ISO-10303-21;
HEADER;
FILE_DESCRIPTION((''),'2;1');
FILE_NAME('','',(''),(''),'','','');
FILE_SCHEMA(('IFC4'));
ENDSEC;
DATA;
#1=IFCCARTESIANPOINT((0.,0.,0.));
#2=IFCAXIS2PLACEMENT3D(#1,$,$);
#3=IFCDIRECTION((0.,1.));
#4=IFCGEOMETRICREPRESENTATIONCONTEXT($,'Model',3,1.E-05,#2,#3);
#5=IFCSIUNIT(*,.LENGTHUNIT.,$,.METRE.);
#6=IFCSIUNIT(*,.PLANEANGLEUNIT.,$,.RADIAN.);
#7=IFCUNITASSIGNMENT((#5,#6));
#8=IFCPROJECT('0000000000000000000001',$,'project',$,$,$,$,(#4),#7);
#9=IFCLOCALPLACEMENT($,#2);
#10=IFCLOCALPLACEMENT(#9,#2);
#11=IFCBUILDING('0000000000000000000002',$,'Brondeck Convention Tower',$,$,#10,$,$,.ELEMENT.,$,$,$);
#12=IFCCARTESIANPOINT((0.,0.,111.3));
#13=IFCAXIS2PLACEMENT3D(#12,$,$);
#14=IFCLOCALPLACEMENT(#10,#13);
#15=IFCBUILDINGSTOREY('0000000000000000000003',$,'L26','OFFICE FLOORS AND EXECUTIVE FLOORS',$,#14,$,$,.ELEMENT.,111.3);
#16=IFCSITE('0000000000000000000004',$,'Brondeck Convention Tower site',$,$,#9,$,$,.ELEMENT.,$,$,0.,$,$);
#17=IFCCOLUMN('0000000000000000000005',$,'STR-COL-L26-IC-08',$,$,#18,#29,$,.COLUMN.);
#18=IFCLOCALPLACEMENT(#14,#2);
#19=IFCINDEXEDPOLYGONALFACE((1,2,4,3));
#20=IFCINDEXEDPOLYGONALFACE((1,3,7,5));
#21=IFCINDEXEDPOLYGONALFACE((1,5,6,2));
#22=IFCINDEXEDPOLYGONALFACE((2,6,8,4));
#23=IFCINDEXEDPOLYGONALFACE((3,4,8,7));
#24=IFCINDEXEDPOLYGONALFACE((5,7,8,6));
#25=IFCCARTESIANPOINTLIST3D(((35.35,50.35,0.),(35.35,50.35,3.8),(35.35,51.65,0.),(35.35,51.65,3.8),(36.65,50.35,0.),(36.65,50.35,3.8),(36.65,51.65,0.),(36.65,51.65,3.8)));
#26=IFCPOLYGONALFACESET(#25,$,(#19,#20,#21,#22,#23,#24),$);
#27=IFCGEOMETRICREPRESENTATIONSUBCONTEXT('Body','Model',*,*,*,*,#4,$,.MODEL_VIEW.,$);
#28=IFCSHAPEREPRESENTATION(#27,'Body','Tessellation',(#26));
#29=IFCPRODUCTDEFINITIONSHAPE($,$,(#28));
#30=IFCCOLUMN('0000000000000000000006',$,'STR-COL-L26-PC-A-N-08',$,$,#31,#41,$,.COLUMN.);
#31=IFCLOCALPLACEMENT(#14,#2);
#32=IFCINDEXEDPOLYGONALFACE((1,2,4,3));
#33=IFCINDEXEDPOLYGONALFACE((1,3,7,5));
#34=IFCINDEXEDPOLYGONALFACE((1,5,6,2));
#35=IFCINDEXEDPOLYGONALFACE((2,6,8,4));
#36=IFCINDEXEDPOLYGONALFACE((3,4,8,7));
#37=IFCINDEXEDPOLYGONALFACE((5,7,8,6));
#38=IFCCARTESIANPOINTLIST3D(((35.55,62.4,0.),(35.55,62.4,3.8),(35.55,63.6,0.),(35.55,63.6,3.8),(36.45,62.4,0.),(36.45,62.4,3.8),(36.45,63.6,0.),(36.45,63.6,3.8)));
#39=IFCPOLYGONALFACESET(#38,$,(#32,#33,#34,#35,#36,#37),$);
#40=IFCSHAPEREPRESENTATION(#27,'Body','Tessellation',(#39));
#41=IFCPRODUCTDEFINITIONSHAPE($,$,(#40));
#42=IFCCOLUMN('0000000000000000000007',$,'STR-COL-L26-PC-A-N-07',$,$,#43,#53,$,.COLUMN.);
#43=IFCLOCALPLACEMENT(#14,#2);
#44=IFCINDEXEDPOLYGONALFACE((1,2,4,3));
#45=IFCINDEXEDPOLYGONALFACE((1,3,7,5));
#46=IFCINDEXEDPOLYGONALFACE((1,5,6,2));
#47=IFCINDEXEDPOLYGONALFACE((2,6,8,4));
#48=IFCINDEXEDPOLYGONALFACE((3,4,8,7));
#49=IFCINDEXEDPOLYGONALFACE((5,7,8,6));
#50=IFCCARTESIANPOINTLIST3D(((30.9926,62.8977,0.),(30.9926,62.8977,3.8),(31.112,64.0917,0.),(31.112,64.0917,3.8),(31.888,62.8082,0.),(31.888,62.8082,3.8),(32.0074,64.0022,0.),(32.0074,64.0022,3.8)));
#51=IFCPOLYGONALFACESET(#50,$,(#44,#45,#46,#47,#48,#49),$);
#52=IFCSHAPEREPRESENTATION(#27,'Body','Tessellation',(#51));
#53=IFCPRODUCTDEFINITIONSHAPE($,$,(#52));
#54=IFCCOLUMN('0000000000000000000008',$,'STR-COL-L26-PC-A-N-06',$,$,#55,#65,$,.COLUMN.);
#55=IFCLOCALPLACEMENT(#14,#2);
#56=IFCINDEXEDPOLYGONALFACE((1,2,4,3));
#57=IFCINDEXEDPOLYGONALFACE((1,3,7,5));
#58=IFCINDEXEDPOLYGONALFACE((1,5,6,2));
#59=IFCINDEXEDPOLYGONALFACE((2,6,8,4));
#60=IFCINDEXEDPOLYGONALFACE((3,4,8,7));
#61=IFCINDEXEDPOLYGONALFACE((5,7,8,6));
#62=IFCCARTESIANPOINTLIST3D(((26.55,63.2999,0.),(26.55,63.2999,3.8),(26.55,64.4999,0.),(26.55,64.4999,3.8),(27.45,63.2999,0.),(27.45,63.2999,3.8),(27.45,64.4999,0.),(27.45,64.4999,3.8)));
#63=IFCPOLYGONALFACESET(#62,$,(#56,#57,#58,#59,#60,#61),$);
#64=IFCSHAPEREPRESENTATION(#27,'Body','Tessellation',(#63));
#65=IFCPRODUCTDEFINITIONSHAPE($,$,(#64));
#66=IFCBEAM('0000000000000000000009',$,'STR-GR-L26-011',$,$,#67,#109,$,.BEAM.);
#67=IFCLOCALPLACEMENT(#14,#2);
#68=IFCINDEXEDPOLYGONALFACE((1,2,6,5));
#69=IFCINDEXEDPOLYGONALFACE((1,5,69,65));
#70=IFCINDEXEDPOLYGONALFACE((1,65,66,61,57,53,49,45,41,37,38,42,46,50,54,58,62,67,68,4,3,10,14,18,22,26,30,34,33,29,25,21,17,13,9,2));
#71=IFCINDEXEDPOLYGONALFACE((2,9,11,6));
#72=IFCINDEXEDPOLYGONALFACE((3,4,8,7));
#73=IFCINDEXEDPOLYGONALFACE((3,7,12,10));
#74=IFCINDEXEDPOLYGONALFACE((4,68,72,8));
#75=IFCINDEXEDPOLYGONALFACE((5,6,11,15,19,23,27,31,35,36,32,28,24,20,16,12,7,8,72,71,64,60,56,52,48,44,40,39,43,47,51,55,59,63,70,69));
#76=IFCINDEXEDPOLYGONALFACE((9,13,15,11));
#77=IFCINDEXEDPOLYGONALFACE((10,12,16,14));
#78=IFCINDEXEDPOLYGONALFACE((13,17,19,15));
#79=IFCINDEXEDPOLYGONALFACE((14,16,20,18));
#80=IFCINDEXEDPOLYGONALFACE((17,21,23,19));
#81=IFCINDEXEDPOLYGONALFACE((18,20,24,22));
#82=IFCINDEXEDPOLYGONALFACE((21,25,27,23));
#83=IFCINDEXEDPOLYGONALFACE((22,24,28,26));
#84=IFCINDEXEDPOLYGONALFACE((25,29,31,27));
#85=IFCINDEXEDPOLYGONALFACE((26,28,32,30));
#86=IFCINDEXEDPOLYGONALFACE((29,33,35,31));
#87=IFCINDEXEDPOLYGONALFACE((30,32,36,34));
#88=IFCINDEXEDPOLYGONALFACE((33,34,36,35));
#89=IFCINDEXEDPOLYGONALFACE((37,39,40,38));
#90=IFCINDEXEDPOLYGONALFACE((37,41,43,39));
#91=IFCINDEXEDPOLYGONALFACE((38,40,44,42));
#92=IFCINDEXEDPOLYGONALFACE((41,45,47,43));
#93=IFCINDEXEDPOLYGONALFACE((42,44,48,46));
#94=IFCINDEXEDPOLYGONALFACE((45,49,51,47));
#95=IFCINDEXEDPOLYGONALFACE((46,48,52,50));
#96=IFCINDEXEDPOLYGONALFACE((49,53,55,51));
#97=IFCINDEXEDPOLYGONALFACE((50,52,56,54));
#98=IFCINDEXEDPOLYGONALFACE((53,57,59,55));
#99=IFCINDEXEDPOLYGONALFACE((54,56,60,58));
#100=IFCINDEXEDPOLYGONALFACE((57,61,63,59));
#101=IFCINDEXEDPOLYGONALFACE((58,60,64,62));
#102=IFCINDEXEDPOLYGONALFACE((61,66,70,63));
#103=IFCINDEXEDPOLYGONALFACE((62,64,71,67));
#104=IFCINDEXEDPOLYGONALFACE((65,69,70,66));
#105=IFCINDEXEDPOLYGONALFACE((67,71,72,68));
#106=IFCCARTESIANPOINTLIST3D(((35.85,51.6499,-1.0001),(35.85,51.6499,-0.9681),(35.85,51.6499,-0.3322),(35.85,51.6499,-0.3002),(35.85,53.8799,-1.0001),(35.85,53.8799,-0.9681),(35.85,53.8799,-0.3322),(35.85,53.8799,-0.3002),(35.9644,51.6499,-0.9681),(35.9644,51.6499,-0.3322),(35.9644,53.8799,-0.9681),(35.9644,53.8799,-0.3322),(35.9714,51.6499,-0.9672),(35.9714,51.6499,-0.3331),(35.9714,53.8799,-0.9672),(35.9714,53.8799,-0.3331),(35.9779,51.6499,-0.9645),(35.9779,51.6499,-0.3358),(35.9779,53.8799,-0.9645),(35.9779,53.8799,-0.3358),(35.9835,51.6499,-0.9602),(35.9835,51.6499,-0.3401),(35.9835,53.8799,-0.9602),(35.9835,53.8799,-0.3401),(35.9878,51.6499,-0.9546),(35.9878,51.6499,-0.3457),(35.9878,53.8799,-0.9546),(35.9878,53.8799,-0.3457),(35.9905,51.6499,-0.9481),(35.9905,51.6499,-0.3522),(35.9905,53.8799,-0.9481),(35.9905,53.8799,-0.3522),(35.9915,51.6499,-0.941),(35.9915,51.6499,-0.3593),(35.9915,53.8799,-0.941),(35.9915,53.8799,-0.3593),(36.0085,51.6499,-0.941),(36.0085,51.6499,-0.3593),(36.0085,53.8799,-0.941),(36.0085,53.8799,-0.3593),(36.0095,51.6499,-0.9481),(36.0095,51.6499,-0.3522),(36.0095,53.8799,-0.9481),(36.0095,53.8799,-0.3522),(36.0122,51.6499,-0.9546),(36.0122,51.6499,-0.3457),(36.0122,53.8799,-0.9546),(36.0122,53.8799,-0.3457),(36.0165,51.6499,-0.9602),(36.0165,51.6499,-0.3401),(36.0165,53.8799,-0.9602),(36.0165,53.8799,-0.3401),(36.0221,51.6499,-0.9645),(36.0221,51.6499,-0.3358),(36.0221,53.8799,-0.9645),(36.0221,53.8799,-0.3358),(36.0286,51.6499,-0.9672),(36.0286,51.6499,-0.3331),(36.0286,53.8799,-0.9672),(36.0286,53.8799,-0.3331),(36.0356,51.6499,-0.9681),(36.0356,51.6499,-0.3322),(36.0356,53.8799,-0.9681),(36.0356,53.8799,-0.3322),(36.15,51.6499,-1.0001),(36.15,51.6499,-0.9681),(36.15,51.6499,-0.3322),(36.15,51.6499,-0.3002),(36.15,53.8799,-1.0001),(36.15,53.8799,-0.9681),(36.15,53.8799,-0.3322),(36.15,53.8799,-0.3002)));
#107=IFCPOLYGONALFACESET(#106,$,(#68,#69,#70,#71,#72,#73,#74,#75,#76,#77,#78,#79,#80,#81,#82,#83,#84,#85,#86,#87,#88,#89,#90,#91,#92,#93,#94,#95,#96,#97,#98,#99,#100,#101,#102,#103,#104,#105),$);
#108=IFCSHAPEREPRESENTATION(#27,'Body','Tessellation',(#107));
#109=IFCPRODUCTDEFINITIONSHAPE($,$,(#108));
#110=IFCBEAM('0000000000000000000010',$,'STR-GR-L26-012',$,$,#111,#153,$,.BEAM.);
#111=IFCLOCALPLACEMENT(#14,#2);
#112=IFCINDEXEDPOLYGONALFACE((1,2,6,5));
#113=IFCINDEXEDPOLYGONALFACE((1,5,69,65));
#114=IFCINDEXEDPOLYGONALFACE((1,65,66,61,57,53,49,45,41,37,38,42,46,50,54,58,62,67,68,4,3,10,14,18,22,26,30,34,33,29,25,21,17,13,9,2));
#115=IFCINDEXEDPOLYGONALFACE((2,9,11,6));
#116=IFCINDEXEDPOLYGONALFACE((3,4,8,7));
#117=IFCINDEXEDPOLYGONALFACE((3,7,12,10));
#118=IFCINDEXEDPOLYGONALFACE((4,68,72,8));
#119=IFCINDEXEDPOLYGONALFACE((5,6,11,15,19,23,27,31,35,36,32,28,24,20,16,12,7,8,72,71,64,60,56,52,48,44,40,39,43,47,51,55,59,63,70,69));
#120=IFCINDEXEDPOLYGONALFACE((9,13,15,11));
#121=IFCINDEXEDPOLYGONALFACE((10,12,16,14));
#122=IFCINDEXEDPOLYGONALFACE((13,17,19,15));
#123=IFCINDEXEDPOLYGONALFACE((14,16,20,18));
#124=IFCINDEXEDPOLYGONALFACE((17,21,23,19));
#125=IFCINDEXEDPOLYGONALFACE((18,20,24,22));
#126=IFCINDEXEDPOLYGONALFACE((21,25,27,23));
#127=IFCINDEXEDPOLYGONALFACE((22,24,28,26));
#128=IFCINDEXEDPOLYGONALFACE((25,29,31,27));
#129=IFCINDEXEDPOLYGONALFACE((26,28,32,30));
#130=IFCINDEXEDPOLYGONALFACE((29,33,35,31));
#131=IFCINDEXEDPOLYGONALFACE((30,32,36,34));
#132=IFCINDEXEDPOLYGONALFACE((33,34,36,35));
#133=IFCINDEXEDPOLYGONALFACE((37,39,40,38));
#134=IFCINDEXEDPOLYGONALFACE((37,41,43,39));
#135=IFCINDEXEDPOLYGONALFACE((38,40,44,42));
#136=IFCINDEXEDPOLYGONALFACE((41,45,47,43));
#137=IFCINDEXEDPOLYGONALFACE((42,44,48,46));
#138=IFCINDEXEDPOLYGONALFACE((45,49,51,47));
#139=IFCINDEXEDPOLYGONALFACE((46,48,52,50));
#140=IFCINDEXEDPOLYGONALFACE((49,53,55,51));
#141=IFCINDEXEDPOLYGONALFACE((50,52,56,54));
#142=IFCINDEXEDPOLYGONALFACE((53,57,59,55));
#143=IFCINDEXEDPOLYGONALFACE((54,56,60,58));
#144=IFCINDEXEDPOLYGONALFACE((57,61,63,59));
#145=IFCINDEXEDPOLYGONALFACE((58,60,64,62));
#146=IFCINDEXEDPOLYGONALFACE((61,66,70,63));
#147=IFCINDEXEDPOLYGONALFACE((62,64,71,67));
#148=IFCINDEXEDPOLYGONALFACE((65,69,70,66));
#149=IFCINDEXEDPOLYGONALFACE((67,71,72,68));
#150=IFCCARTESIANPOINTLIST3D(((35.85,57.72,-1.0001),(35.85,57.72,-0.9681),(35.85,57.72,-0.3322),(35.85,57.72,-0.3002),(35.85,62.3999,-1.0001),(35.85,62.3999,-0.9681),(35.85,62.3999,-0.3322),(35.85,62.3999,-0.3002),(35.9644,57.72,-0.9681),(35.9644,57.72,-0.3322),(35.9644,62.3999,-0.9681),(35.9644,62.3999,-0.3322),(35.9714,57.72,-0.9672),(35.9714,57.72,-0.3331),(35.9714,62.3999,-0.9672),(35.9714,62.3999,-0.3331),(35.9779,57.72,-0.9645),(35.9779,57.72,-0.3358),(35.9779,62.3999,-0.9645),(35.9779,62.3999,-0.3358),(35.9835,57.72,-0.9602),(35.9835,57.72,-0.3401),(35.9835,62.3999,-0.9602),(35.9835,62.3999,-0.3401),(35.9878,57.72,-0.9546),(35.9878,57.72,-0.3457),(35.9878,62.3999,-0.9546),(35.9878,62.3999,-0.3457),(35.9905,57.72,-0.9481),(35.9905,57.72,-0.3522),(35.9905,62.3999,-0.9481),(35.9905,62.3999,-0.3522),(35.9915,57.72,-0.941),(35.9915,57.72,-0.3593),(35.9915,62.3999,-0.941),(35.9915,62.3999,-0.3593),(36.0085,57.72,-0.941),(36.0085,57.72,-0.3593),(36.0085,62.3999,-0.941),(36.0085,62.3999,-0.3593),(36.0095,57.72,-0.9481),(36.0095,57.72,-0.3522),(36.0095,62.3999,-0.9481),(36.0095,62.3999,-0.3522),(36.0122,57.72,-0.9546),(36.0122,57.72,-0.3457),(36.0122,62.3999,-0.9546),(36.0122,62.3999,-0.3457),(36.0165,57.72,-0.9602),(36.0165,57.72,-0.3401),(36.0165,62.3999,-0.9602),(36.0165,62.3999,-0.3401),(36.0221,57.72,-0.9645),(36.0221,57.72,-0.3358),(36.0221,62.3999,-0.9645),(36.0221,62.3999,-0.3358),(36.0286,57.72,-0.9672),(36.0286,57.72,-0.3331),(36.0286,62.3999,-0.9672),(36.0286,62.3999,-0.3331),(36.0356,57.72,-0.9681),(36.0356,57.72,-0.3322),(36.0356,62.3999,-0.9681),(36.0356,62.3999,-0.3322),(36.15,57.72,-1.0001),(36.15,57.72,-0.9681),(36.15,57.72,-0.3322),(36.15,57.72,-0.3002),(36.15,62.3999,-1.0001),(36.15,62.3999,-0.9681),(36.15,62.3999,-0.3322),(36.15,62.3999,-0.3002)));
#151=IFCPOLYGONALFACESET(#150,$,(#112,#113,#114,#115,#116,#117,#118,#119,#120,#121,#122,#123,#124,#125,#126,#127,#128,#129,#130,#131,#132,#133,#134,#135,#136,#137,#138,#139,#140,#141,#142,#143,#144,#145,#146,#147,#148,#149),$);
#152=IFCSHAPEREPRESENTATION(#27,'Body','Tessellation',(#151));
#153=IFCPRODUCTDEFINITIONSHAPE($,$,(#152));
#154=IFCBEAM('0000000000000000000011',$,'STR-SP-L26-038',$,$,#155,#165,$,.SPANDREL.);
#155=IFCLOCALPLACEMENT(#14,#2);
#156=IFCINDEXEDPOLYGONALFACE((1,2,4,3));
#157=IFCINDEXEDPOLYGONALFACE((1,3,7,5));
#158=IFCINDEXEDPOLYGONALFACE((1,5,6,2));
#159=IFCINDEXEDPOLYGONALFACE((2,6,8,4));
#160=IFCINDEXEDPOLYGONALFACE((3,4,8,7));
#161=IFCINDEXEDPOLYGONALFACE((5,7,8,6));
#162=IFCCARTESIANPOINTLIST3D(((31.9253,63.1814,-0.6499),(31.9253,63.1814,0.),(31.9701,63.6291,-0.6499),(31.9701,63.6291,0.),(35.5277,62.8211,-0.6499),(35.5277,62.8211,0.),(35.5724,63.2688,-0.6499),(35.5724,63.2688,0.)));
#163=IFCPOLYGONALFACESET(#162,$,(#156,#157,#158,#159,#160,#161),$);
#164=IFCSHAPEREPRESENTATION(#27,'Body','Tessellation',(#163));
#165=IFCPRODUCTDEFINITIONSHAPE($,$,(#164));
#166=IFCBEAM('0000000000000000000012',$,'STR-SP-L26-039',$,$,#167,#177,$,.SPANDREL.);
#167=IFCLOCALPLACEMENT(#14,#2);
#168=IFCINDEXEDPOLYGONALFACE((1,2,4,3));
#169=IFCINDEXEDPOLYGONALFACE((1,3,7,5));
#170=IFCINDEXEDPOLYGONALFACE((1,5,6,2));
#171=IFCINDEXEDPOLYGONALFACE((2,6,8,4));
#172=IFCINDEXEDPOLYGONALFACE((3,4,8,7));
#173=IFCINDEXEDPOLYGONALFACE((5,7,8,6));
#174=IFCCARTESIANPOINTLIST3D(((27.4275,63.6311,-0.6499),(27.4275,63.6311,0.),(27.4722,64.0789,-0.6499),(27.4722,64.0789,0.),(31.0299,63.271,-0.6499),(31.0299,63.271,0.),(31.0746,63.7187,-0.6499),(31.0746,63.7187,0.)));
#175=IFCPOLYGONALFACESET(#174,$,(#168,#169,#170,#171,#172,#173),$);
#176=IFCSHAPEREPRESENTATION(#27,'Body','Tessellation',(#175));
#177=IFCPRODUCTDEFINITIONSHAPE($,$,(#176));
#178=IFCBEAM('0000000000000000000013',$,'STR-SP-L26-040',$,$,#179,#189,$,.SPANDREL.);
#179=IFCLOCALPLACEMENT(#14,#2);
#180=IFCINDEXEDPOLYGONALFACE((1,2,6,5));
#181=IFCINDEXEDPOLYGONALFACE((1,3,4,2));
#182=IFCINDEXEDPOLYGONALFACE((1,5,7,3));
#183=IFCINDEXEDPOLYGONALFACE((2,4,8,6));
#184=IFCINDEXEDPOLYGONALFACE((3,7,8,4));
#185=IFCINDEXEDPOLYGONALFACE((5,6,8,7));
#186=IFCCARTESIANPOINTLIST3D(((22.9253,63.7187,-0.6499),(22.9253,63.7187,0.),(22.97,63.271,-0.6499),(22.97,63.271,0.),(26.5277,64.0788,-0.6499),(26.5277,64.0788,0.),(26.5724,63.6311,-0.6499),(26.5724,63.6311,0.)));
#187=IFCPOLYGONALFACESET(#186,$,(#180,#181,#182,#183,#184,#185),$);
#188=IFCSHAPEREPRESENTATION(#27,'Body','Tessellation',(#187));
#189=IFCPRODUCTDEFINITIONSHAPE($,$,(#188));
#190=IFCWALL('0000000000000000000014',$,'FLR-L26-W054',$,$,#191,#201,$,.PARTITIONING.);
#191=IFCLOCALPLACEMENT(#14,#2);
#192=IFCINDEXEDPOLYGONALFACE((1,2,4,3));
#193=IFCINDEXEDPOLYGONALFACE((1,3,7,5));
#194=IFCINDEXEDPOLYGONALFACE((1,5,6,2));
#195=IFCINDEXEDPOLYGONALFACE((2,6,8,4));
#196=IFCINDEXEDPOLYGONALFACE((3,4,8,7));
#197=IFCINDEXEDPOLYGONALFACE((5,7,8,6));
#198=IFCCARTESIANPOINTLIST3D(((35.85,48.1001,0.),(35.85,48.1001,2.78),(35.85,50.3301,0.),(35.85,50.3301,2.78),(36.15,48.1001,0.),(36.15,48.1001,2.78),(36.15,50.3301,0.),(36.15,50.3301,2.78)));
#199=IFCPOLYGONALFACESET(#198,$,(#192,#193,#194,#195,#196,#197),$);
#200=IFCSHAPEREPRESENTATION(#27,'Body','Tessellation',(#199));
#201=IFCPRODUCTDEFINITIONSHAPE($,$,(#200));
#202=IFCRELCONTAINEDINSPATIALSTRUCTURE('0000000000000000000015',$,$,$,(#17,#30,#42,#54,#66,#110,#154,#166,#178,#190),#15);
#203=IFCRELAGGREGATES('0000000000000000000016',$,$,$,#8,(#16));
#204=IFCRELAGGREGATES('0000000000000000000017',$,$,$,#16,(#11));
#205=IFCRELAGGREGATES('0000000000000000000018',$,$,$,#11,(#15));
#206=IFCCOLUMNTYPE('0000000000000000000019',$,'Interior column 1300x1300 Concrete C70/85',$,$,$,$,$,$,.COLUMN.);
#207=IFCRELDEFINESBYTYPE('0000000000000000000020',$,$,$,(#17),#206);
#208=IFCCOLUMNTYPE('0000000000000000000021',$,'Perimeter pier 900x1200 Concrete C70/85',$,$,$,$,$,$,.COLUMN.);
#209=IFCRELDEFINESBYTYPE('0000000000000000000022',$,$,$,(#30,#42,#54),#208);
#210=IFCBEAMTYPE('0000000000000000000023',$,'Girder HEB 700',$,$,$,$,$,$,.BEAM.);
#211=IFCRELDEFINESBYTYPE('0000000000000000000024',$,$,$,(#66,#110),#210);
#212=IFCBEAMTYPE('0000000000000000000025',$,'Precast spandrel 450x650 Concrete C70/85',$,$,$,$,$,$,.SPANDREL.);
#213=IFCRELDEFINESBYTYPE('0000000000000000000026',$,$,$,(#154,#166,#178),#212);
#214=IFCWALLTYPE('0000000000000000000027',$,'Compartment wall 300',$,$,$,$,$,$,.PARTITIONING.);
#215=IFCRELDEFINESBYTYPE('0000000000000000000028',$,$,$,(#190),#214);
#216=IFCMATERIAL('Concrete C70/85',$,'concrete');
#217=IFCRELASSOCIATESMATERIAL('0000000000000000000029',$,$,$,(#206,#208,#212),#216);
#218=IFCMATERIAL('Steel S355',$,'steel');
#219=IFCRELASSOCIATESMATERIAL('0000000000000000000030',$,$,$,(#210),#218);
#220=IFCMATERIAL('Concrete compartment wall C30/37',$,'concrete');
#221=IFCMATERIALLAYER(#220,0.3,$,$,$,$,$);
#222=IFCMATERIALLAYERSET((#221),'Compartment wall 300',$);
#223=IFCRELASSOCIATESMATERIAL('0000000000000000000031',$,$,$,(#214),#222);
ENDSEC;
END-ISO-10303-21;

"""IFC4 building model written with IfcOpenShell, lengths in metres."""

from ifc_helpers import new_model, si_unit, direction, frame, frame_2d, origin, origin_2d, place, context, subcontext, project, spatial, rectangle, i_section, extrude, material, layer, layer_set, material_profile, profile_set, type_object, element, save


model = new_model("IFC4")

# Units and contexts
model_context = context("Model", 3, precision=1e-05, world=origin(), true_north=direction((0.0, 1.0)))
body_context = subcontext(model_context, "Body", "Model", "MODEL_VIEW")
ifc_project = project(units=[si_unit("LENGTHUNIT", "METRE"), si_unit("PLANEANGLEUNIT", "RADIAN")], contexts=[model_context])

# Site, building, storey
site_placement = place(None, origin())
site = spatial("IfcSite", under=ifc_project, at=site_placement, Name="Brondeck Convention Tower site", CompositionType="ELEMENT", RefElevation=0.0)
building_placement = place(site_placement, origin())
building = spatial("IfcBuilding", under=site, at=building_placement, Name="Brondeck Convention Tower", CompositionType="ELEMENT")
storey_placement = place(building_placement, frame((0.0, 0.0, 111.3)))
storey = spatial("IfcBuildingStorey", under=building, at=storey_placement, Name="L26", Description="OFFICE FLOORS AND EXECUTIVE FLOORS", CompositionType="ELEMENT", Elevation=111.3)

# Columns
ifc_material_1 = material(Name="Concrete C70/85", Category="concrete")
ifc_material_profile_1 = material_profile(ifc_material_1, rectangle(XDim=1.3, YDim=1.3, at=origin_2d()), Name="Interior column 1300x1300 Concrete C70/85")
ifc_profile_set_1 = profile_set([ifc_material_profile_1], Name="Concrete C70/85")
column_type_1 = type_object("IfcColumnType", Name="Interior column 1300x1300 Concrete C70/85", PredefinedType="COLUMN", material=ifc_profile_set_1)
column_placement = place(storey_placement, frame((36.0, 51.0, 0.0), z_axis=(0.0, 0.0, 1.0), x_axis=(1.0, 0.0, 0.0)))
element("IfcColumn", 1, at=column_placement, inside=storey, type_object=column_type_1, Name="STR-COL-L26-IC-08", PredefinedType="COLUMN", context=body_context, shape_type="SweptSolid", body=[
    extrude(rectangle(XDim=1.3, YDim=1.3, at=origin_2d()), origin(), (0.0, 0.0, 1.0), 3.8),
])
ifc_material_profile_2 = material_profile(ifc_material_1, rectangle(XDim=0.8999, YDim=1.2, at=origin_2d()), Name="Perimeter pier 900x1200 Concrete C70/85")
ifc_profile_set_2 = profile_set([ifc_material_profile_2], Name="Concrete C70/85")
column_type_2 = type_object("IfcColumnType", Name="Perimeter pier 900x1200 Concrete C70/85", PredefinedType="COLUMN", material=ifc_profile_set_2)
for number, where, z_axis, x_axis, name in (
    (2, (36.0, 63.0, 0.0), (0.0, 0.0, 1.0), (-1.0, 0.0, 0.0), "STR-COL-L26-PC-A-N-08"),
    (3, (31.5, 63.45, 0.0), (0.0, 0.0, 1.0), (-0.995037, 0.099504, 0.0), "STR-COL-L26-PC-A-N-07"),
    (4, (27.0, 63.8999, 0.0), (0.0, 0.0, 1.0), (-1.0, 0.0, 0.0), "STR-COL-L26-PC-A-N-06"),
):
    element("IfcColumn", number, at=place(storey_placement, frame(where, z_axis=z_axis, x_axis=x_axis)), inside=storey, type_object=column_type_2, Name=name, PredefinedType="COLUMN", context=body_context, shape_type="SweptSolid", body=[
        extrude(rectangle(XDim=0.8999, YDim=1.2, at=origin_2d()), origin(), (0.0, 0.0, 1.0), 3.8),
    ])

# Beams
ifc_material_2 = material(Name="Steel S355", Category="steel")
ifc_material_profile_3 = material_profile(ifc_material_2, i_section(OverallWidth=0.3, OverallDepth=0.7, WebThickness=0.0171, FlangeThickness=0.032, FilletRadius=0.0271, at=origin_2d()), Name="HEB 700")
ifc_profile_set_3 = profile_set([ifc_material_profile_3], Name="Steel S355")
beam_type_1 = type_object("IfcBeamType", Name="Girder HEB 700", PredefinedType="BEAM", material=ifc_profile_set_3)
beam_1_placement = place(storey_placement, frame((36.0, 51.6499, -0.6501), z_axis=(0.0, 1.0, 0.0), x_axis=(-1.0, 0.0, 0.0)))
element("IfcBeam", 5, at=beam_1_placement, inside=storey, type_object=beam_type_1, Name="STR-GR-L26-011", PredefinedType="BEAM", context=body_context, shape_type="SweptSolid", body=[
    extrude(i_section(OverallWidth=0.3, OverallDepth=0.7, WebThickness=0.0171, FlangeThickness=0.032, FilletRadius=0.0271, at=origin_2d()), origin(), (0.0, 0.0, 1.0), 2.23),
])
beam_2_placement = place(storey_placement, frame((36.0, 57.72, -0.6501), z_axis=(0.0, 1.0, 0.0), x_axis=(-1.0, 0.0, 0.0)))
element("IfcBeam", 6, at=beam_2_placement, inside=storey, type_object=beam_type_1, Name="STR-GR-L26-012", PredefinedType="BEAM", context=body_context, shape_type="SweptSolid", body=[
    extrude(i_section(OverallWidth=0.3, OverallDepth=0.7, WebThickness=0.0171, FlangeThickness=0.032, FilletRadius=0.0271, at=origin_2d()), origin(), (0.0, 0.0, 1.0), 4.6799),
])
ifc_material_profile_4 = material_profile(ifc_material_1, rectangle(XDim=0.45, YDim=0.6499, at=origin_2d()), Name="Precast spandrel 450x650 Concrete C70/85")
ifc_profile_set_4 = profile_set([ifc_material_profile_4], Name="Concrete C70/85")
beam_type_2 = type_object("IfcBeamType", Name="Precast spandrel 450x650 Concrete C70/85", PredefinedType="SPANDREL", material=ifc_profile_set_4)
for number, where, z_axis, x_axis, name in (
    (7, (35.55, 63.0449, -0.325), (-0.995034, 0.099537, 0.0), (-0.099537, -0.995034, 0.0), "STR-SP-L26-038"),
    (8, (31.0522, 63.4949, -0.325), (-0.995041, 0.09947, 0.0), (-0.09947, -0.995041, 0.0), "STR-SP-L26-039"),
    (9, (26.55, 63.855, -0.325), (-0.995041, -0.09947, 0.0), (0.09947, -0.995041, 0.0), "STR-SP-L26-040"),
):
    element("IfcBeam", number, at=place(storey_placement, frame(where, z_axis=z_axis, x_axis=x_axis)), inside=storey, type_object=beam_type_2, Name=name, PredefinedType="SPANDREL", context=body_context, shape_type="SweptSolid", body=[
        extrude(rectangle(XDim=0.45, YDim=0.6499, at=origin_2d()), origin(), (0.0, 0.0, 1.0), 3.6204),
    ])

# Wall
ifc_material_3 = material(Name="Concrete compartment wall C30/37", Category="concrete")
ifc_layer_1 = layer(ifc_material_3, 0.3)
ifc_layer_set_1 = layer_set([ifc_layer_1], Name="Compartment wall 300")
wall_type_1 = type_object("IfcWallType", Name="Compartment wall 300", PredefinedType="PARTITIONING", material=ifc_layer_set_1)
wall_1_placement = place(storey_placement, frame((36.0, 48.1001, 0.0), z_axis=(0.0, 0.0, 1.0), x_axis=(0.0, 1.0, 0.0)))
element("IfcWall", 10, at=wall_1_placement, inside=storey, type_object=wall_type_1, Name="FLR-L26-W054", PredefinedType="PARTITIONING", context=body_context, shape_type="SweptSolid", body=[
    extrude(rectangle(XDim=2.23, YDim=0.3, at=frame_2d((1.115, 0.0))), origin(), (0.0, 0.0, 1.0), 2.78),
])

save(model, "model.ifc")
